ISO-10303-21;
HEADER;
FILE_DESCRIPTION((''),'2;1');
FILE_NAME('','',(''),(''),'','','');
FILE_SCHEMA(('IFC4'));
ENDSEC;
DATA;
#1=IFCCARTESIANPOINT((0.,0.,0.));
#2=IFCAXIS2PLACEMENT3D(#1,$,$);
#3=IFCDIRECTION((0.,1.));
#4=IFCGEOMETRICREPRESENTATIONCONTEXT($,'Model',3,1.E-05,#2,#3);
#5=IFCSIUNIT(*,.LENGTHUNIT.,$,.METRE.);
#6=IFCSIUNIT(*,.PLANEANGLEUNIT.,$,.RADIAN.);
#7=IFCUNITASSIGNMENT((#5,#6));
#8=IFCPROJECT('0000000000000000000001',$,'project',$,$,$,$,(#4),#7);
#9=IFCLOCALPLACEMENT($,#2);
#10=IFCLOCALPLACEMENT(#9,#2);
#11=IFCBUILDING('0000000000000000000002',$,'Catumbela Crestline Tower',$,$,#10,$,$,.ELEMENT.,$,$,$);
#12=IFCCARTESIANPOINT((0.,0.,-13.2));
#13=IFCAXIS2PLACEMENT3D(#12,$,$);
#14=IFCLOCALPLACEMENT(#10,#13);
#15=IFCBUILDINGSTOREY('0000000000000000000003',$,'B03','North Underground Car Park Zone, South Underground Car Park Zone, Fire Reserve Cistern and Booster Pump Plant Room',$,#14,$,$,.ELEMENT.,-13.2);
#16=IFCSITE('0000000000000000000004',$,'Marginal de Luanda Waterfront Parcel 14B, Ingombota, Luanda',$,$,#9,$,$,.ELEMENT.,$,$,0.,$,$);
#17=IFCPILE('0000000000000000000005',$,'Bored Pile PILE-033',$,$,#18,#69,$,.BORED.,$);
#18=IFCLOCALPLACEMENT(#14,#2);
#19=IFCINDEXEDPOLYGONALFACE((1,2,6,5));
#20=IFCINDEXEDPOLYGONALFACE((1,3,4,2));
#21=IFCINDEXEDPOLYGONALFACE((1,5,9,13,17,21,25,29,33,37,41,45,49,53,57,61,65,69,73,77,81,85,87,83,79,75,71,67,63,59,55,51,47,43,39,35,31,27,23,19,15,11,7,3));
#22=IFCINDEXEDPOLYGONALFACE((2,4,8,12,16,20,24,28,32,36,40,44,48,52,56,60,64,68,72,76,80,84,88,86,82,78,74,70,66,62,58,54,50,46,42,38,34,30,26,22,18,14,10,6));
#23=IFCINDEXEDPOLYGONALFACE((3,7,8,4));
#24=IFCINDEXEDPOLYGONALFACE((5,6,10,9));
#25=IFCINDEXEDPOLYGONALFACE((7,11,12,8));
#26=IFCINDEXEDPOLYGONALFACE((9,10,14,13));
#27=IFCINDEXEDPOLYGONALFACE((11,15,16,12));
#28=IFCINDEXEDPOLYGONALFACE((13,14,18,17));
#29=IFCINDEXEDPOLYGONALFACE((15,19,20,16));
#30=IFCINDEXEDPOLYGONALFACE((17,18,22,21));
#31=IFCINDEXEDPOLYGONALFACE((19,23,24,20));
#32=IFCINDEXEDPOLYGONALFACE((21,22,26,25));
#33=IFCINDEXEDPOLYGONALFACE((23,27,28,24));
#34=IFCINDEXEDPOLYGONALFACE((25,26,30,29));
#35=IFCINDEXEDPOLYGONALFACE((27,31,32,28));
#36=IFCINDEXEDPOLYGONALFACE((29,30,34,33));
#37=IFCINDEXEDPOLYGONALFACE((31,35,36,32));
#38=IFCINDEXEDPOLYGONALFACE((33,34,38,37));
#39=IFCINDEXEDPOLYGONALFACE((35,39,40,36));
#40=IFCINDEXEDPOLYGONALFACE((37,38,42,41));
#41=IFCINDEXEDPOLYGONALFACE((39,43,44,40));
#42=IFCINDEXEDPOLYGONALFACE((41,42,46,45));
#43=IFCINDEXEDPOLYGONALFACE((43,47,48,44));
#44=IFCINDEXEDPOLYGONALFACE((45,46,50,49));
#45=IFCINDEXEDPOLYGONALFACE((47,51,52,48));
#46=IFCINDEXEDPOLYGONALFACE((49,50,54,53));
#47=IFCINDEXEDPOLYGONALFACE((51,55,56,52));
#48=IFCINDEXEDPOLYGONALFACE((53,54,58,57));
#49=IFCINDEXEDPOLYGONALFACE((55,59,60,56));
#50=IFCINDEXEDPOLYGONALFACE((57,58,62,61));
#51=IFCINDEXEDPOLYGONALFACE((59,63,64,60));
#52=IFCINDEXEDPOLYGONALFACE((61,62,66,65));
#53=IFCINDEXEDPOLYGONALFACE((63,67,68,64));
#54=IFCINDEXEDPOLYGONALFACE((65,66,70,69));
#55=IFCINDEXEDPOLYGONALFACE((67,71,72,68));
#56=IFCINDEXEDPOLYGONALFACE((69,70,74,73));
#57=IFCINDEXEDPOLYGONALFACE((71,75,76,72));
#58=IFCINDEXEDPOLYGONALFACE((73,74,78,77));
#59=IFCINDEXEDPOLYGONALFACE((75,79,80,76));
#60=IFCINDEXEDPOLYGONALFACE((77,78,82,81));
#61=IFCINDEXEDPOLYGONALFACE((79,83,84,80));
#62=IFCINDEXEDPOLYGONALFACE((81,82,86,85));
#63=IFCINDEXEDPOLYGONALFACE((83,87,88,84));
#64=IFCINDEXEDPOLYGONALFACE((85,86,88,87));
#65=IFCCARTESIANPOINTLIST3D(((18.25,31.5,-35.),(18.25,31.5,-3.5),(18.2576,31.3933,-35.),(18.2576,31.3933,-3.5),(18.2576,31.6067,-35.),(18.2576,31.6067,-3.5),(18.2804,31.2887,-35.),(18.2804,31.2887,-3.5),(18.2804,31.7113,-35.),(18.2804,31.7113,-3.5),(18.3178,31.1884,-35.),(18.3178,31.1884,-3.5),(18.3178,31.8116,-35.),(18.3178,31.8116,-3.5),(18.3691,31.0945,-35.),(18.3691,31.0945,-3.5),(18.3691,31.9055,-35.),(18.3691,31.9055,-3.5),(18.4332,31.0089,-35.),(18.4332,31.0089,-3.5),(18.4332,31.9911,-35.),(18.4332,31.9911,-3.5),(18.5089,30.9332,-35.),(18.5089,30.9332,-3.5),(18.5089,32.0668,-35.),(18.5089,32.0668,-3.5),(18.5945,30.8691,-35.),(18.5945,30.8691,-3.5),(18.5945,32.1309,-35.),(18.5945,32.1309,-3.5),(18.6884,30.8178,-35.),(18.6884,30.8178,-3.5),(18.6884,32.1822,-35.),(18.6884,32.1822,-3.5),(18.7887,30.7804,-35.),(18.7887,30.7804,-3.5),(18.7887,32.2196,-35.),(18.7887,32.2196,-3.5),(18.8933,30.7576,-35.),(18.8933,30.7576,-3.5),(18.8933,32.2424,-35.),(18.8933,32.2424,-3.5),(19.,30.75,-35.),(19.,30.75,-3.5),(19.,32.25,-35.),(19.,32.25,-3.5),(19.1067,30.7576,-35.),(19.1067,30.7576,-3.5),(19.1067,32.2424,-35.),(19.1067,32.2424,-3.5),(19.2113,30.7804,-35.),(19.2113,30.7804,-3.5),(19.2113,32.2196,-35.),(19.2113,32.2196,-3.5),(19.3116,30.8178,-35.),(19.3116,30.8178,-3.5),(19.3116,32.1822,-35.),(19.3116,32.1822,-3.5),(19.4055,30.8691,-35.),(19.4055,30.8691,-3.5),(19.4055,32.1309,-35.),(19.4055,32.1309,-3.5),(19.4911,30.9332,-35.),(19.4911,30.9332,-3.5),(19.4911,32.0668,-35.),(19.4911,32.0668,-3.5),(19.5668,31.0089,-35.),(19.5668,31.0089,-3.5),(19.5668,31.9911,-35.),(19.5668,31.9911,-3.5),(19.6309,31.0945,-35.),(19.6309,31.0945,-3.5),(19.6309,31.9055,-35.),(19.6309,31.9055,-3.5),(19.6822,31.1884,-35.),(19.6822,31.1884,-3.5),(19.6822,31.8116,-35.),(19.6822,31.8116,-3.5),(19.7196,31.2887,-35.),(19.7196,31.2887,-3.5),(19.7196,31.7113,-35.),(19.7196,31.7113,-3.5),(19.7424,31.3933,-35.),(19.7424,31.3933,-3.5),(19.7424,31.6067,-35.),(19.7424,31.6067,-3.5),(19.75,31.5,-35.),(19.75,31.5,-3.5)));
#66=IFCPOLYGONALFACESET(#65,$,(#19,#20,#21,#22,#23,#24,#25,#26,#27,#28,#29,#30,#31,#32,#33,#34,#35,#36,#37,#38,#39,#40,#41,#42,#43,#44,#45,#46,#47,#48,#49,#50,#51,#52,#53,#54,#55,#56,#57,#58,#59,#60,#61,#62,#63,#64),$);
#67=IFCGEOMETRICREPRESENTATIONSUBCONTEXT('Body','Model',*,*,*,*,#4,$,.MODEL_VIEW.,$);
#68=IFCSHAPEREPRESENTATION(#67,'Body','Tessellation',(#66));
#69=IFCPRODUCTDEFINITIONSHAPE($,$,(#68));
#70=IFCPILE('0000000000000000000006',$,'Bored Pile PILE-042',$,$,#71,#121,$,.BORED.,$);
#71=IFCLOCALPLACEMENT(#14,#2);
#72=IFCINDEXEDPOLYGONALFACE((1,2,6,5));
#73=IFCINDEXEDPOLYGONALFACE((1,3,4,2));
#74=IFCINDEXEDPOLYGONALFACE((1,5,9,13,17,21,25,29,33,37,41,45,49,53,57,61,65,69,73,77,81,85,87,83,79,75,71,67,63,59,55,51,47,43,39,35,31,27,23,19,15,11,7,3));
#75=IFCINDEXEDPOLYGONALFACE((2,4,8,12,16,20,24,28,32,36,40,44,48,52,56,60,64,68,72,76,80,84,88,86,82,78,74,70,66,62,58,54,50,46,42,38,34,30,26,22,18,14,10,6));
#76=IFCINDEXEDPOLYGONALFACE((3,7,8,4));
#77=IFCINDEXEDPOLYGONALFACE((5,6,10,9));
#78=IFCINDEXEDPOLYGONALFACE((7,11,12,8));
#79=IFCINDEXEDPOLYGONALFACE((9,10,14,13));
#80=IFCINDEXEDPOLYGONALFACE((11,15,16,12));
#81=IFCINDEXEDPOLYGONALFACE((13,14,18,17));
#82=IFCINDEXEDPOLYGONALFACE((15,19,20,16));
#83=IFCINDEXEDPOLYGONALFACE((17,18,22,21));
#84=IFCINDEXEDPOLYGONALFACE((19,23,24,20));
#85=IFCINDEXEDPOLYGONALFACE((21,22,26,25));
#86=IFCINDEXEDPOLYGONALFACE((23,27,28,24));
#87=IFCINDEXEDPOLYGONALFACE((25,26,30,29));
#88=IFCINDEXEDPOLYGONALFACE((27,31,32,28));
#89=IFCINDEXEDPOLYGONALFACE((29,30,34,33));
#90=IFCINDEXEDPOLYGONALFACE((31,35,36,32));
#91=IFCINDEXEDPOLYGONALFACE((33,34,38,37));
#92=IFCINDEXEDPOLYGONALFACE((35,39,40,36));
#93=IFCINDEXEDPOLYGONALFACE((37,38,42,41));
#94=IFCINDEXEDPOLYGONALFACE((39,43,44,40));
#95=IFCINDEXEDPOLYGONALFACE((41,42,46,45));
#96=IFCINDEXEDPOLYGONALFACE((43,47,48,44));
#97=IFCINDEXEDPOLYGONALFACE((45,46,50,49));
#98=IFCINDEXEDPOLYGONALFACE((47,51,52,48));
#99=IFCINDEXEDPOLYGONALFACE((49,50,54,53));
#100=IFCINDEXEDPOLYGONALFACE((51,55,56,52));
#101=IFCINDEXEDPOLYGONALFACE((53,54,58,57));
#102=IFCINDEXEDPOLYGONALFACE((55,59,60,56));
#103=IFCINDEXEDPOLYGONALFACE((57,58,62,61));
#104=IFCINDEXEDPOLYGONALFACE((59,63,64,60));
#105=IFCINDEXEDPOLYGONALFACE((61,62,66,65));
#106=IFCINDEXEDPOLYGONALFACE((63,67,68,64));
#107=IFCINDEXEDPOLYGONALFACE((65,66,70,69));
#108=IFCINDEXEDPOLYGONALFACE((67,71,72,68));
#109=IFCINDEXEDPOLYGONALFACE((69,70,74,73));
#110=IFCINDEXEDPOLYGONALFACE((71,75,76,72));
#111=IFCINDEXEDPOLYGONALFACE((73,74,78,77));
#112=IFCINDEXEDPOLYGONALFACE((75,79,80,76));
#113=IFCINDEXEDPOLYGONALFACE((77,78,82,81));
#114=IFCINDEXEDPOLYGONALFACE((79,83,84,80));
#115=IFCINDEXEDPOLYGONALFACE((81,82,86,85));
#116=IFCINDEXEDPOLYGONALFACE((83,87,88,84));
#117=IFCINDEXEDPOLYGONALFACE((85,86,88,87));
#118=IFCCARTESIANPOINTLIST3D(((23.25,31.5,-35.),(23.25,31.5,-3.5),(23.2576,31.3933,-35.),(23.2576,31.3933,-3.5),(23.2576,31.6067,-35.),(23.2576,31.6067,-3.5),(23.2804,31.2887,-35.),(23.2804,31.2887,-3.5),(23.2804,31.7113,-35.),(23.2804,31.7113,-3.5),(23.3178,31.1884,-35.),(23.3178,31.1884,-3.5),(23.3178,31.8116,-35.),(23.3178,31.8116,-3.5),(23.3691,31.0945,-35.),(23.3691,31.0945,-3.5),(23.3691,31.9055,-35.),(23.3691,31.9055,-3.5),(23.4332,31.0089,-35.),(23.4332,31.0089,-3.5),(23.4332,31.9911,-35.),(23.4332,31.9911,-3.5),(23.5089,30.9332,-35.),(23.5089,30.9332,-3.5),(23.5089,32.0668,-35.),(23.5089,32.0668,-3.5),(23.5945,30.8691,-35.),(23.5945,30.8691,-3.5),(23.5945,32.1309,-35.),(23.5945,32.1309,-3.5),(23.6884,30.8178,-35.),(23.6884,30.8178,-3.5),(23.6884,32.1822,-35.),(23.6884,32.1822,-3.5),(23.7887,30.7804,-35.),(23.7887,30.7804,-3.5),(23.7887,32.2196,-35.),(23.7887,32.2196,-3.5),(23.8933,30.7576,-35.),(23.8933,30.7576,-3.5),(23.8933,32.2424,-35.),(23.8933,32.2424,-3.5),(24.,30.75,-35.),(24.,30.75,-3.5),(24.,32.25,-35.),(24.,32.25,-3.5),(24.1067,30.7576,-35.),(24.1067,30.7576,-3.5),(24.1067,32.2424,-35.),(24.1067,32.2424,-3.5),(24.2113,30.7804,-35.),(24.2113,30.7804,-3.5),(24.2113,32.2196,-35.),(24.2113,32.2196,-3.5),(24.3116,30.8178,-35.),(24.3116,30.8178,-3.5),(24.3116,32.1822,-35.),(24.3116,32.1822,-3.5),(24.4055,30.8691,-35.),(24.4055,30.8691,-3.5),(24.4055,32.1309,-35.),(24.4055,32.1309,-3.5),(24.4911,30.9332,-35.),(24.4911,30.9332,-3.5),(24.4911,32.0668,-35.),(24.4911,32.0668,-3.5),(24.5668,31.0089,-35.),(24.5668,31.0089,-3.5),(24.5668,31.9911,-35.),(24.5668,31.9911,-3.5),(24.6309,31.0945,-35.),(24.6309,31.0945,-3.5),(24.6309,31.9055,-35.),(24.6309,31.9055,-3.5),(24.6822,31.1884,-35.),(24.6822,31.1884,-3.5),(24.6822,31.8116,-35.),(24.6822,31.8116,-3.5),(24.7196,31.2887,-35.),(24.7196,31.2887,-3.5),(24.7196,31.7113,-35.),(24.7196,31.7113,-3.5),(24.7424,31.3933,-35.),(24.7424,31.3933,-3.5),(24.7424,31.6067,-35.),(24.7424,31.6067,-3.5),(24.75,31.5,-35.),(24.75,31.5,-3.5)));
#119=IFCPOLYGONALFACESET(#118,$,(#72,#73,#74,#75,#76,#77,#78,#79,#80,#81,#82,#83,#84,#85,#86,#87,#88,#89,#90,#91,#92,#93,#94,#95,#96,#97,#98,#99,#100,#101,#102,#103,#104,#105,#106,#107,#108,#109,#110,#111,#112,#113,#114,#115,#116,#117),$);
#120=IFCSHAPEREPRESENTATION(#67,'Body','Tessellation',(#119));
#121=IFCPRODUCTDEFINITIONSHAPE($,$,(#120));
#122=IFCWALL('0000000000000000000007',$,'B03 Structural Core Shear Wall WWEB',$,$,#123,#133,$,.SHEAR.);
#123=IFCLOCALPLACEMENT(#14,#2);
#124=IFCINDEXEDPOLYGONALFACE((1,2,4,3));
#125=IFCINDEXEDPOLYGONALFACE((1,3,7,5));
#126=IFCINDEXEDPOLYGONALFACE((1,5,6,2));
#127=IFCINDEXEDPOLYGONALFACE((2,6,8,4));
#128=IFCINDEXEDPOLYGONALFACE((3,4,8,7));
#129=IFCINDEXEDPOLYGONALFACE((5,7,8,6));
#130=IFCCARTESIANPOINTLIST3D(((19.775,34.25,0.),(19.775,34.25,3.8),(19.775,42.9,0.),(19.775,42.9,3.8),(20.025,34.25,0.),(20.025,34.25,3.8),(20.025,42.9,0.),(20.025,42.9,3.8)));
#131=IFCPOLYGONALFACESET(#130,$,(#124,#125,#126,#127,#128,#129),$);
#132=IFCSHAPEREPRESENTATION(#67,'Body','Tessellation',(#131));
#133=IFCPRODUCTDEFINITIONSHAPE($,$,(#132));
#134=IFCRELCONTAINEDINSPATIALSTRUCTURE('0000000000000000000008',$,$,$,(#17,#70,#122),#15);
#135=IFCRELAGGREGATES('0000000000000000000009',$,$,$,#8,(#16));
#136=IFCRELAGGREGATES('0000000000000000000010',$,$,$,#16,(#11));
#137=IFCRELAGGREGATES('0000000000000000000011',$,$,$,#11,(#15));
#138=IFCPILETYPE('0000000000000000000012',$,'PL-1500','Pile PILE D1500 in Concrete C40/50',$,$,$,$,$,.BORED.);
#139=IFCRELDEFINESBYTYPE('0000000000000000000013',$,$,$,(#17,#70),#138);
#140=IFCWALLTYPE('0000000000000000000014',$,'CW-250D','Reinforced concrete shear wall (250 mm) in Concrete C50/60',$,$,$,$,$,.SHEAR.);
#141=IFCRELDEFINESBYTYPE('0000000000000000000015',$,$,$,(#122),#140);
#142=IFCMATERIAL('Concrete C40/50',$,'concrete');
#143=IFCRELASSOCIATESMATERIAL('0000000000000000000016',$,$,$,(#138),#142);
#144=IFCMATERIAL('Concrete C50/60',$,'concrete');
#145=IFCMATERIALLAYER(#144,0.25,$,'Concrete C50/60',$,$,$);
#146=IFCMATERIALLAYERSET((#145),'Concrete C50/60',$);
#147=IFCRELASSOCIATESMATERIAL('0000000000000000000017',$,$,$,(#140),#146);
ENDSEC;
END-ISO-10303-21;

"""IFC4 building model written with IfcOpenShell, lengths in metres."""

from ifc_helpers import new_model, si_unit, direction, frame, frame_2d, origin, origin_2d, place, context, subcontext, project, spatial, rectangle, circle, extrude, material, layer, layer_set, material_profile, profile_set, type_object, element, save


model = new_model("IFC4")

# Units and contexts
model_context = context("Model", 3, precision=1e-05, world=origin(), true_north=direction((0.0, 1.0)))
body_context = subcontext(model_context, "Body", "Model", "MODEL_VIEW")
ifc_project = project(units=[si_unit("LENGTHUNIT", "METRE"), si_unit("PLANEANGLEUNIT", "RADIAN")], contexts=[model_context])

# Site, building, storey
site_placement = place(None, origin())
site = spatial("IfcSite", under=ifc_project, at=site_placement, Name="Marginal de Luanda Waterfront Parcel 14B, Ingombota, Luanda", CompositionType="ELEMENT", RefElevation=0.0)
building_placement = place(site_placement, origin())
building = spatial("IfcBuilding", under=site, at=building_placement, Name="Catumbela Crestline Tower", CompositionType="ELEMENT")
storey_placement = place(building_placement, frame((0.0, 0.0, -13.2)))
storey = spatial("IfcBuildingStorey", under=building, at=storey_placement, Name="B03", Description="North Underground Car Park Zone, South Underground Car Park Zone, Fire Reserve Cistern and Booster Pump Plant Room", CompositionType="ELEMENT", Elevation=-13.2)

# Piles
ifc_material_1 = material(Name="Concrete C40/50", Category="concrete")
ifc_material_profile = material_profile(ifc_material_1, circle(Radius=0.75, at=origin_2d()), Name="PILE D1500")
ifc_profile_set = profile_set([ifc_material_profile], Name="Concrete C40/50")
pile_type = type_object("IfcPileType", Name="PL-1500", Description="Pile PILE D1500 in Concrete C40/50", PredefinedType="BORED", material=ifc_profile_set)
for number, where, z_axis, x_axis, name in (
    (1, (19.0, 31.5, -3.5), (0.0, 0.0, -1.0), (1.0, 0.0, 0.0), "Bored Pile PILE-033"),
    (2, (24.0, 31.5, -3.5), (0.0, 0.0, -1.0), (1.0, 0.0, 0.0), "Bored Pile PILE-042"),
):
    element("IfcPile", number, at=place(storey_placement, frame(where, z_axis=z_axis, x_axis=x_axis)), inside=storey, type_object=pile_type, Name=name, PredefinedType="BORED", context=body_context, shape_type="SweptSolid", body=[
        extrude(circle(Radius=0.75, at=origin_2d()), origin(), (0.0, 0.0, 1.0), 31.5),
    ])

# Wall
ifc_material_2 = material(Name="Concrete C50/60", Category="concrete")
ifc_layer_1 = layer(ifc_material_2, 0.25, Name="Concrete C50/60")
ifc_layer_set_1 = layer_set([ifc_layer_1], Name="Concrete C50/60")
wall_type_1 = type_object("IfcWallType", Name="CW-250D", Description="Reinforced concrete shear wall (250 mm) in Concrete C50/60", PredefinedType="SHEAR", material=ifc_layer_set_1)
wall_1_placement = place(storey_placement, frame((19.9, 34.25, 0.0), z_axis=(0.0, 0.0, 1.0), x_axis=(0.0, 1.0, 0.0)))
element("IfcWall", 3, at=wall_1_placement, inside=storey, type_object=wall_type_1, Name="B03 Structural Core Shear Wall WWEB", PredefinedType="SHEAR", context=body_context, shape_type="SweptSolid", body=[
    extrude(rectangle(XDim=8.65, YDim=0.25, at=frame_2d((4.325, 0.0))), origin(), (0.0, 0.0, 1.0), 3.8),
])

save(model, "model.ifc")
